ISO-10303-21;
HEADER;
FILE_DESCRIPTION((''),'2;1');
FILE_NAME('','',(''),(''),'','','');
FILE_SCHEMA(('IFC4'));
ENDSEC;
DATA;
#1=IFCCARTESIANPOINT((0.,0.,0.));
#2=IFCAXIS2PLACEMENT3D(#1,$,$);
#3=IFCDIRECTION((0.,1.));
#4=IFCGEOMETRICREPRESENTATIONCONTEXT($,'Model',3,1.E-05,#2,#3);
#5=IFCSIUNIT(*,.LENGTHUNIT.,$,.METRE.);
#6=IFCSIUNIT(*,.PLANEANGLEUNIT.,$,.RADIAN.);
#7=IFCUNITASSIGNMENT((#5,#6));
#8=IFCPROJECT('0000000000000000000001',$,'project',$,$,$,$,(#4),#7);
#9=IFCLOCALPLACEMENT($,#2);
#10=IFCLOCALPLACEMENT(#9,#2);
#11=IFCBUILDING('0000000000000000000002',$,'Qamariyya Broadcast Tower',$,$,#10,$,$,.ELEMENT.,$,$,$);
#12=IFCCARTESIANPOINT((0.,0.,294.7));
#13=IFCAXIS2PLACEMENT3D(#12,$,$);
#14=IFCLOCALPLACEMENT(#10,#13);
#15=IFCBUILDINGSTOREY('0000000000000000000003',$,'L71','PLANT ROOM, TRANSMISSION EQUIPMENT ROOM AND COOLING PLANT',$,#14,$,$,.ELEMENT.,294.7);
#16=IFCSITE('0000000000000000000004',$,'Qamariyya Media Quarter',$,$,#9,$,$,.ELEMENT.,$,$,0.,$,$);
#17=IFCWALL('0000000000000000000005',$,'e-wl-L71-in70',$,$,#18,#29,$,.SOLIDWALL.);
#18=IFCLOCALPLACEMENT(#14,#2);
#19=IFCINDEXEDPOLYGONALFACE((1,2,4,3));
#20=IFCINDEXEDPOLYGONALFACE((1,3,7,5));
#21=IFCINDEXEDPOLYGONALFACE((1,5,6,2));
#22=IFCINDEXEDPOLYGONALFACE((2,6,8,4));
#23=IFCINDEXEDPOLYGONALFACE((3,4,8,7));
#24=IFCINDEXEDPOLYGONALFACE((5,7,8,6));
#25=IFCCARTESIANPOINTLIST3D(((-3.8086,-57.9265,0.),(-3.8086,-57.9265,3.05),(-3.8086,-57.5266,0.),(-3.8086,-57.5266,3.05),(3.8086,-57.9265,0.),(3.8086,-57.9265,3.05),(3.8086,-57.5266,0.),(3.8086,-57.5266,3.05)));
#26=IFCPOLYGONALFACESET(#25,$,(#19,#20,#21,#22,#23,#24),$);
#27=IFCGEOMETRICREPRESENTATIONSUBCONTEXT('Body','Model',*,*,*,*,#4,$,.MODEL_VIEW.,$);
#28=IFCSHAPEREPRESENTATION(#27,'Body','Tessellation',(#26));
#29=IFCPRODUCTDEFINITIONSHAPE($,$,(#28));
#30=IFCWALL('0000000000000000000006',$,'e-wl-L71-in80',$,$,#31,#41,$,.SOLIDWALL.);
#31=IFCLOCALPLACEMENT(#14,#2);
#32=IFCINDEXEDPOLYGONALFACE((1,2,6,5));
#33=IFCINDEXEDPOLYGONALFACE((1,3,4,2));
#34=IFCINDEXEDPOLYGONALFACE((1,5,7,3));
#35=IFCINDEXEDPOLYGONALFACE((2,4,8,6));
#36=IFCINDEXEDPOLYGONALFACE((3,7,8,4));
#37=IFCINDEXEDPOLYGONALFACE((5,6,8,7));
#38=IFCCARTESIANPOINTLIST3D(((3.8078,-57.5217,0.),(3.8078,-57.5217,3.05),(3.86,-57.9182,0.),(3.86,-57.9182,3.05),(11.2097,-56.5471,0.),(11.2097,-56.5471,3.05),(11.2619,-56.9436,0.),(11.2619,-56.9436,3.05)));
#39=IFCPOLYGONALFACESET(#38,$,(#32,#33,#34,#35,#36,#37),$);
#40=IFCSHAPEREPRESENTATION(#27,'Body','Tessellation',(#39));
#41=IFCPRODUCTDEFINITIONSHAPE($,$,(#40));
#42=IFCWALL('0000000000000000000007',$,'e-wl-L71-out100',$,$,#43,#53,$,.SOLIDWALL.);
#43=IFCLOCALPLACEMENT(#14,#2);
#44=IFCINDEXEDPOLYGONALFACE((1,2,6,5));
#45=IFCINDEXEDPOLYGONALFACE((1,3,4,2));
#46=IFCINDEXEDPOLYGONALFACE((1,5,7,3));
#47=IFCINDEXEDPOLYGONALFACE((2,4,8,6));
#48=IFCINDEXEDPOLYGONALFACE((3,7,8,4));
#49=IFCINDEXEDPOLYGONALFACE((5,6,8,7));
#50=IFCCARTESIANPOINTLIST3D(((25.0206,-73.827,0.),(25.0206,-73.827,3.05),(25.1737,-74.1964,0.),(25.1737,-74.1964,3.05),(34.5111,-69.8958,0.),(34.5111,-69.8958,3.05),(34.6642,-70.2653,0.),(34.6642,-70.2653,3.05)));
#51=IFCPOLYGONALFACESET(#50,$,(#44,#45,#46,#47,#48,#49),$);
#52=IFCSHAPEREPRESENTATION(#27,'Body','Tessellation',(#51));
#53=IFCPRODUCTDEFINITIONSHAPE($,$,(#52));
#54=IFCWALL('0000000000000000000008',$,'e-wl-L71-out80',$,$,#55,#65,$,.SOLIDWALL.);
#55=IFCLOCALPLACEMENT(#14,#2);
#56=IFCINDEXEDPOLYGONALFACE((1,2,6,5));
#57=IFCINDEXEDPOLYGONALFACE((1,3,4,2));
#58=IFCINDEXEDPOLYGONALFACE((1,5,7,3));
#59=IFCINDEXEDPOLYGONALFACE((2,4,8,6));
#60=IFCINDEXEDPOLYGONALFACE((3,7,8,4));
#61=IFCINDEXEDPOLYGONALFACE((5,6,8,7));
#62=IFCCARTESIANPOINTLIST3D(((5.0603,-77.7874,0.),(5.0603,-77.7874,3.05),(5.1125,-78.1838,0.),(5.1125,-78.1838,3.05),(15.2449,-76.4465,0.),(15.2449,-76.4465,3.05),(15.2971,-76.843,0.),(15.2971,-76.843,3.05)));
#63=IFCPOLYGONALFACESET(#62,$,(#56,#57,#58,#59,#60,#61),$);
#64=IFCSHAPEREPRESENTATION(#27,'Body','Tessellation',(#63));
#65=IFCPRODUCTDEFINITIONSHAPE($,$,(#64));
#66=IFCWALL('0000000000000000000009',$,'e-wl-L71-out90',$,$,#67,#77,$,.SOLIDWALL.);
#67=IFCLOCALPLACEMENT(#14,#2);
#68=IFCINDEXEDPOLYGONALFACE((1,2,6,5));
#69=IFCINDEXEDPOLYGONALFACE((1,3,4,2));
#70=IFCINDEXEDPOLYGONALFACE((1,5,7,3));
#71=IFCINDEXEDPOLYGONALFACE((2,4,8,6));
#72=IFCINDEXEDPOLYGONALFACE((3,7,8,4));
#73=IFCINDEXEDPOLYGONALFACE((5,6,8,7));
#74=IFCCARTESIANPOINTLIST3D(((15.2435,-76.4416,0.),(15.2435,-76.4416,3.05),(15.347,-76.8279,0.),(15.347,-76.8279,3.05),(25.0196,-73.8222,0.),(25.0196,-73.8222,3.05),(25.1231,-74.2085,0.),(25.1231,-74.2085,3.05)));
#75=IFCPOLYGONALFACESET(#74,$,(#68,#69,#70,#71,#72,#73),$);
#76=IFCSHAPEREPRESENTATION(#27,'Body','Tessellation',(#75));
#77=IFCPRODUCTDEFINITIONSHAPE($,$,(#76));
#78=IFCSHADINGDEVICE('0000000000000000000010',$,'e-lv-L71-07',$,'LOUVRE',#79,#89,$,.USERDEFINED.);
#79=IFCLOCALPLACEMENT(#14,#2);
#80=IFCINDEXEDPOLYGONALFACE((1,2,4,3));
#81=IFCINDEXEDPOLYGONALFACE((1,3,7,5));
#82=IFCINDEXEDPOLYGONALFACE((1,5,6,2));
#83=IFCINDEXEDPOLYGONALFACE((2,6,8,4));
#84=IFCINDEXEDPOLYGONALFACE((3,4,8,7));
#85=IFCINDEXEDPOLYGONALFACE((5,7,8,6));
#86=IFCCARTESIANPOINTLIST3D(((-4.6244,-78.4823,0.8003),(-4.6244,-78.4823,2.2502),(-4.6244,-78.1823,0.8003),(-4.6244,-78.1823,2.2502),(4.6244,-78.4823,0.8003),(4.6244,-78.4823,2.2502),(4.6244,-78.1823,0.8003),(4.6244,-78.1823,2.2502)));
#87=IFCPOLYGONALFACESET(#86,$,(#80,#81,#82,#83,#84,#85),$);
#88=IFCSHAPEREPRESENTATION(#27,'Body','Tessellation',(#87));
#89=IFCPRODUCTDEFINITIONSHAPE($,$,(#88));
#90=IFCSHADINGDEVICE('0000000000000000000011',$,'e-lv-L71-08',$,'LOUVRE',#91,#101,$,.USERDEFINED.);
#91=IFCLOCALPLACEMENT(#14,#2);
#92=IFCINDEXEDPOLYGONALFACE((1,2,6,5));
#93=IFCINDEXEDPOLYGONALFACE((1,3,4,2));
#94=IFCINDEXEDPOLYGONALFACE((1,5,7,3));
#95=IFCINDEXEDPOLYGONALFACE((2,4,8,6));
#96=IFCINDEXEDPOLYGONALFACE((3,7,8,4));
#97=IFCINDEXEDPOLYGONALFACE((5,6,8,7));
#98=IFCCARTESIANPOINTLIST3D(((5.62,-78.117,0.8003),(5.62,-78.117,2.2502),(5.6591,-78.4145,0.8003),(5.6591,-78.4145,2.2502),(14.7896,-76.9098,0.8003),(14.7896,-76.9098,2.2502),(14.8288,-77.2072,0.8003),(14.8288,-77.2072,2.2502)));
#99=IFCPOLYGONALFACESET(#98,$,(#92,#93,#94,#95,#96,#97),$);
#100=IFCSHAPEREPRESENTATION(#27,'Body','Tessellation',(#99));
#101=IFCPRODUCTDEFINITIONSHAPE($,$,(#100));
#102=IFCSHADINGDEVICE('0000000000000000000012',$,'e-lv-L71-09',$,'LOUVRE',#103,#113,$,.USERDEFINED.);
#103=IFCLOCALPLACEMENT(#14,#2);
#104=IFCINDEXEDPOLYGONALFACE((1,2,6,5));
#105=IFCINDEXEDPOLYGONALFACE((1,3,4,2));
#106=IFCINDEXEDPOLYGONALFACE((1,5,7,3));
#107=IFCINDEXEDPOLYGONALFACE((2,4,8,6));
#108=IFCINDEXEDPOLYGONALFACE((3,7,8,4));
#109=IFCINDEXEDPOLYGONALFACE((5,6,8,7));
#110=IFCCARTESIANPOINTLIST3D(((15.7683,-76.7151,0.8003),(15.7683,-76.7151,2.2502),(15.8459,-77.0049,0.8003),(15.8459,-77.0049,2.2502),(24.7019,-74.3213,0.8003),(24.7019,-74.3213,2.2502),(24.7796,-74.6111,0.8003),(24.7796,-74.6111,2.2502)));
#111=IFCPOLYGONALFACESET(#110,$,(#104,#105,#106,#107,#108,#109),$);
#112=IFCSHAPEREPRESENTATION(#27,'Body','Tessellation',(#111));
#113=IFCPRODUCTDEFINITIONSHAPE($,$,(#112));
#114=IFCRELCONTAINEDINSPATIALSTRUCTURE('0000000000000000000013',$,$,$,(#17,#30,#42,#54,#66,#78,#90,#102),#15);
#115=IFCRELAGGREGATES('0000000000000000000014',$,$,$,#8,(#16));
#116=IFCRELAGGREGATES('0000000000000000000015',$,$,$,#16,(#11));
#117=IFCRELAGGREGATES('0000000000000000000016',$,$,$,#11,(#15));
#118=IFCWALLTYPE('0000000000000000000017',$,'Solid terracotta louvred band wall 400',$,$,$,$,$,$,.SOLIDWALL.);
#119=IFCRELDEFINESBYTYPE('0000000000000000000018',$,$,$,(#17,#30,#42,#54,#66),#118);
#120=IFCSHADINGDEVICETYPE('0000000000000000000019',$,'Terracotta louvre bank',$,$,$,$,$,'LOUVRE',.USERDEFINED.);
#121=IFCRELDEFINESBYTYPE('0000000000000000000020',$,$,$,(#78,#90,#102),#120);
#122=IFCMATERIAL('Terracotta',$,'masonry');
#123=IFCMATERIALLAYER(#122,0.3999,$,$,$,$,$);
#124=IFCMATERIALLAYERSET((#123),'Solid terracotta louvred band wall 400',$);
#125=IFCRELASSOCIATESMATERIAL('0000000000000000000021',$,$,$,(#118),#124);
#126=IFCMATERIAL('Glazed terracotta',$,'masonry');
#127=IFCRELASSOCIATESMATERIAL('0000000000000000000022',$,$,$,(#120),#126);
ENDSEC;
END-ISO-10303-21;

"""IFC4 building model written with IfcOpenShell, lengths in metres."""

from ifc_helpers import new_model, si_unit, direction, frame, frame_2d, origin, origin_2d, place, context, subcontext, project, spatial, rectangle, extrude, material, layer, layer_set, type_object, element, save


model = new_model("IFC4")

# Units and contexts
model_context = context("Model", 3, precision=1e-05, world=origin(), true_north=direction((0.0, 1.0)))
body_context = subcontext(model_context, "Body", "Model", "MODEL_VIEW")
ifc_project = project(units=[si_unit("LENGTHUNIT", "METRE"), si_unit("PLANEANGLEUNIT", "RADIAN")], contexts=[model_context])

# Site, building, storey
site_placement = place(None, origin())
site = spatial("IfcSite", under=ifc_project, at=site_placement, Name="Qamariyya Media Quarter", CompositionType="ELEMENT", RefElevation=0.0)
building_placement = place(site_placement, origin())
building = spatial("IfcBuilding", under=site, at=building_placement, Name="Qamariyya Broadcast Tower", CompositionType="ELEMENT")
storey_placement = place(building_placement, frame((0.0, 0.0, 294.7)))
storey = spatial("IfcBuildingStorey", under=building, at=storey_placement, Name="L71", Description="PLANT ROOM, TRANSMISSION EQUIPMENT ROOM AND COOLING PLANT", CompositionType="ELEMENT", Elevation=294.7)

# Walls
ifc_material_1 = material(Name="Terracotta", Category="masonry")
ifc_layer_1 = layer(ifc_material_1, 0.3999)
ifc_layer_set_1 = layer_set([ifc_layer_1], Name="Solid terracotta louvred band wall 400")
wall_type_1 = type_object("IfcWallType", Name="Solid terracotta louvred band wall 400", PredefinedType="SOLIDWALL", material=ifc_layer_set_1)
wall_1_placement = place(storey_placement, frame((3.8086, -57.7266, 0.0), z_axis=(0.0, 0.0, 1.0), x_axis=(-1.0, 0.0, 0.0)))
element("IfcWall", 1, at=wall_1_placement, inside=storey, type_object=wall_type_1, Name="e-wl-L71-in70", PredefinedType="SOLIDWALL", context=body_context, shape_type="SweptSolid", body=[
    extrude(rectangle(XDim=7.6172, YDim=0.3999, at=frame_2d((3.8086, 0.0))), origin(), (0.0, 0.0, 1.0), 3.05),
])
wall_2_placement = place(storey_placement, frame((11.2358, -56.7454, 0.0), z_axis=(0.0, 0.0, 1.0), x_axis=(-0.991442, -0.130544, 0.0)))
element("IfcWall", 2, at=wall_2_placement, inside=storey, type_object=wall_type_1, Name="e-wl-L71-in80", PredefinedType="SOLIDWALL", context=body_context, shape_type="SweptSolid", body=[
    extrude(rectangle(XDim=7.4658, YDim=0.3999, at=frame_2d((3.7329, 0.0))), origin(), (0.0, 0.0, 1.0), 3.05),
])
for number, where, z_axis, x_axis, name in (
    (3, (25.0972, -74.0117, 0.0), (0.0, 0.0, 1.0), (0.923877, 0.382689, 0.0), "e-wl-L71-out100"),
    (4, (5.0864, -77.9856, 0.0), (0.0, 0.0, 1.0), (0.991445, 0.130526, 0.0), "e-wl-L71-out80"),
):
    element("IfcWall", number, at=place(storey_placement, frame(where, z_axis=z_axis, x_axis=x_axis)), inside=storey, type_object=wall_type_1, Name=name, PredefinedType="SOLIDWALL", context=body_context, shape_type="SweptSolid", body=[
        extrude(rectangle(XDim=10.2725, YDim=0.3999, at=frame_2d((5.1362, 0.0))), origin(), (0.0, 0.0, 1.0), 3.05),
    ])
wall_3_placement = place(storey_placement, frame((15.2952, -76.6348, 0.0), z_axis=(0.0, 0.0, 1.0), x_axis=(0.965929, 0.258808, 0.0)))
element("IfcWall", 5, at=wall_3_placement, inside=storey, type_object=wall_type_1, Name="e-wl-L71-out90", PredefinedType="SOLIDWALL", context=body_context, shape_type="SweptSolid", body=[
    extrude(rectangle(XDim=10.1208, YDim=0.3999, at=frame_2d((5.0605, 0.0))), origin(), (0.0, 0.0, 1.0), 3.05),
])

# Shading devices
ifc_material_2 = material(Name="Glazed terracotta", Category="masonry")
shading_device_type = type_object("IfcShadingDeviceType", Name="Terracotta louvre bank", ElementType="LOUVRE", PredefinedType="USERDEFINED", material=ifc_material_2)
for number, where, z_axis, x_axis, name in (
    (6, (0.0, -78.3323, 0.8003), (0.0, 0.0, 1.0), (1.0, 0.0, 0.0), "e-lv-L71-07"),
    (7, (10.2244, -77.6621, 0.8003), (0.0, 0.0, 1.0), (0.991445, 0.130526, 0.0), "e-lv-L71-08"),
    (8, (20.2739, -75.6631, 0.8003), (0.0, 0.0, 1.0), (0.965926, 0.258819, 0.0), "e-lv-L71-09"),
):
    element("IfcShadingDevice", number, at=place(storey_placement, frame(where, z_axis=z_axis, x_axis=x_axis)), inside=storey, type_object=shading_device_type, Name=name, ObjectType="LOUVRE", PredefinedType="USERDEFINED", context=body_context, shape_type="SweptSolid", body=[
        extrude(rectangle(XDim=9.2488, YDim=0.3, at=origin_2d()), origin(), (0.0, 0.0, 1.0), 1.45),
    ])

save(model, "model.ifc")
